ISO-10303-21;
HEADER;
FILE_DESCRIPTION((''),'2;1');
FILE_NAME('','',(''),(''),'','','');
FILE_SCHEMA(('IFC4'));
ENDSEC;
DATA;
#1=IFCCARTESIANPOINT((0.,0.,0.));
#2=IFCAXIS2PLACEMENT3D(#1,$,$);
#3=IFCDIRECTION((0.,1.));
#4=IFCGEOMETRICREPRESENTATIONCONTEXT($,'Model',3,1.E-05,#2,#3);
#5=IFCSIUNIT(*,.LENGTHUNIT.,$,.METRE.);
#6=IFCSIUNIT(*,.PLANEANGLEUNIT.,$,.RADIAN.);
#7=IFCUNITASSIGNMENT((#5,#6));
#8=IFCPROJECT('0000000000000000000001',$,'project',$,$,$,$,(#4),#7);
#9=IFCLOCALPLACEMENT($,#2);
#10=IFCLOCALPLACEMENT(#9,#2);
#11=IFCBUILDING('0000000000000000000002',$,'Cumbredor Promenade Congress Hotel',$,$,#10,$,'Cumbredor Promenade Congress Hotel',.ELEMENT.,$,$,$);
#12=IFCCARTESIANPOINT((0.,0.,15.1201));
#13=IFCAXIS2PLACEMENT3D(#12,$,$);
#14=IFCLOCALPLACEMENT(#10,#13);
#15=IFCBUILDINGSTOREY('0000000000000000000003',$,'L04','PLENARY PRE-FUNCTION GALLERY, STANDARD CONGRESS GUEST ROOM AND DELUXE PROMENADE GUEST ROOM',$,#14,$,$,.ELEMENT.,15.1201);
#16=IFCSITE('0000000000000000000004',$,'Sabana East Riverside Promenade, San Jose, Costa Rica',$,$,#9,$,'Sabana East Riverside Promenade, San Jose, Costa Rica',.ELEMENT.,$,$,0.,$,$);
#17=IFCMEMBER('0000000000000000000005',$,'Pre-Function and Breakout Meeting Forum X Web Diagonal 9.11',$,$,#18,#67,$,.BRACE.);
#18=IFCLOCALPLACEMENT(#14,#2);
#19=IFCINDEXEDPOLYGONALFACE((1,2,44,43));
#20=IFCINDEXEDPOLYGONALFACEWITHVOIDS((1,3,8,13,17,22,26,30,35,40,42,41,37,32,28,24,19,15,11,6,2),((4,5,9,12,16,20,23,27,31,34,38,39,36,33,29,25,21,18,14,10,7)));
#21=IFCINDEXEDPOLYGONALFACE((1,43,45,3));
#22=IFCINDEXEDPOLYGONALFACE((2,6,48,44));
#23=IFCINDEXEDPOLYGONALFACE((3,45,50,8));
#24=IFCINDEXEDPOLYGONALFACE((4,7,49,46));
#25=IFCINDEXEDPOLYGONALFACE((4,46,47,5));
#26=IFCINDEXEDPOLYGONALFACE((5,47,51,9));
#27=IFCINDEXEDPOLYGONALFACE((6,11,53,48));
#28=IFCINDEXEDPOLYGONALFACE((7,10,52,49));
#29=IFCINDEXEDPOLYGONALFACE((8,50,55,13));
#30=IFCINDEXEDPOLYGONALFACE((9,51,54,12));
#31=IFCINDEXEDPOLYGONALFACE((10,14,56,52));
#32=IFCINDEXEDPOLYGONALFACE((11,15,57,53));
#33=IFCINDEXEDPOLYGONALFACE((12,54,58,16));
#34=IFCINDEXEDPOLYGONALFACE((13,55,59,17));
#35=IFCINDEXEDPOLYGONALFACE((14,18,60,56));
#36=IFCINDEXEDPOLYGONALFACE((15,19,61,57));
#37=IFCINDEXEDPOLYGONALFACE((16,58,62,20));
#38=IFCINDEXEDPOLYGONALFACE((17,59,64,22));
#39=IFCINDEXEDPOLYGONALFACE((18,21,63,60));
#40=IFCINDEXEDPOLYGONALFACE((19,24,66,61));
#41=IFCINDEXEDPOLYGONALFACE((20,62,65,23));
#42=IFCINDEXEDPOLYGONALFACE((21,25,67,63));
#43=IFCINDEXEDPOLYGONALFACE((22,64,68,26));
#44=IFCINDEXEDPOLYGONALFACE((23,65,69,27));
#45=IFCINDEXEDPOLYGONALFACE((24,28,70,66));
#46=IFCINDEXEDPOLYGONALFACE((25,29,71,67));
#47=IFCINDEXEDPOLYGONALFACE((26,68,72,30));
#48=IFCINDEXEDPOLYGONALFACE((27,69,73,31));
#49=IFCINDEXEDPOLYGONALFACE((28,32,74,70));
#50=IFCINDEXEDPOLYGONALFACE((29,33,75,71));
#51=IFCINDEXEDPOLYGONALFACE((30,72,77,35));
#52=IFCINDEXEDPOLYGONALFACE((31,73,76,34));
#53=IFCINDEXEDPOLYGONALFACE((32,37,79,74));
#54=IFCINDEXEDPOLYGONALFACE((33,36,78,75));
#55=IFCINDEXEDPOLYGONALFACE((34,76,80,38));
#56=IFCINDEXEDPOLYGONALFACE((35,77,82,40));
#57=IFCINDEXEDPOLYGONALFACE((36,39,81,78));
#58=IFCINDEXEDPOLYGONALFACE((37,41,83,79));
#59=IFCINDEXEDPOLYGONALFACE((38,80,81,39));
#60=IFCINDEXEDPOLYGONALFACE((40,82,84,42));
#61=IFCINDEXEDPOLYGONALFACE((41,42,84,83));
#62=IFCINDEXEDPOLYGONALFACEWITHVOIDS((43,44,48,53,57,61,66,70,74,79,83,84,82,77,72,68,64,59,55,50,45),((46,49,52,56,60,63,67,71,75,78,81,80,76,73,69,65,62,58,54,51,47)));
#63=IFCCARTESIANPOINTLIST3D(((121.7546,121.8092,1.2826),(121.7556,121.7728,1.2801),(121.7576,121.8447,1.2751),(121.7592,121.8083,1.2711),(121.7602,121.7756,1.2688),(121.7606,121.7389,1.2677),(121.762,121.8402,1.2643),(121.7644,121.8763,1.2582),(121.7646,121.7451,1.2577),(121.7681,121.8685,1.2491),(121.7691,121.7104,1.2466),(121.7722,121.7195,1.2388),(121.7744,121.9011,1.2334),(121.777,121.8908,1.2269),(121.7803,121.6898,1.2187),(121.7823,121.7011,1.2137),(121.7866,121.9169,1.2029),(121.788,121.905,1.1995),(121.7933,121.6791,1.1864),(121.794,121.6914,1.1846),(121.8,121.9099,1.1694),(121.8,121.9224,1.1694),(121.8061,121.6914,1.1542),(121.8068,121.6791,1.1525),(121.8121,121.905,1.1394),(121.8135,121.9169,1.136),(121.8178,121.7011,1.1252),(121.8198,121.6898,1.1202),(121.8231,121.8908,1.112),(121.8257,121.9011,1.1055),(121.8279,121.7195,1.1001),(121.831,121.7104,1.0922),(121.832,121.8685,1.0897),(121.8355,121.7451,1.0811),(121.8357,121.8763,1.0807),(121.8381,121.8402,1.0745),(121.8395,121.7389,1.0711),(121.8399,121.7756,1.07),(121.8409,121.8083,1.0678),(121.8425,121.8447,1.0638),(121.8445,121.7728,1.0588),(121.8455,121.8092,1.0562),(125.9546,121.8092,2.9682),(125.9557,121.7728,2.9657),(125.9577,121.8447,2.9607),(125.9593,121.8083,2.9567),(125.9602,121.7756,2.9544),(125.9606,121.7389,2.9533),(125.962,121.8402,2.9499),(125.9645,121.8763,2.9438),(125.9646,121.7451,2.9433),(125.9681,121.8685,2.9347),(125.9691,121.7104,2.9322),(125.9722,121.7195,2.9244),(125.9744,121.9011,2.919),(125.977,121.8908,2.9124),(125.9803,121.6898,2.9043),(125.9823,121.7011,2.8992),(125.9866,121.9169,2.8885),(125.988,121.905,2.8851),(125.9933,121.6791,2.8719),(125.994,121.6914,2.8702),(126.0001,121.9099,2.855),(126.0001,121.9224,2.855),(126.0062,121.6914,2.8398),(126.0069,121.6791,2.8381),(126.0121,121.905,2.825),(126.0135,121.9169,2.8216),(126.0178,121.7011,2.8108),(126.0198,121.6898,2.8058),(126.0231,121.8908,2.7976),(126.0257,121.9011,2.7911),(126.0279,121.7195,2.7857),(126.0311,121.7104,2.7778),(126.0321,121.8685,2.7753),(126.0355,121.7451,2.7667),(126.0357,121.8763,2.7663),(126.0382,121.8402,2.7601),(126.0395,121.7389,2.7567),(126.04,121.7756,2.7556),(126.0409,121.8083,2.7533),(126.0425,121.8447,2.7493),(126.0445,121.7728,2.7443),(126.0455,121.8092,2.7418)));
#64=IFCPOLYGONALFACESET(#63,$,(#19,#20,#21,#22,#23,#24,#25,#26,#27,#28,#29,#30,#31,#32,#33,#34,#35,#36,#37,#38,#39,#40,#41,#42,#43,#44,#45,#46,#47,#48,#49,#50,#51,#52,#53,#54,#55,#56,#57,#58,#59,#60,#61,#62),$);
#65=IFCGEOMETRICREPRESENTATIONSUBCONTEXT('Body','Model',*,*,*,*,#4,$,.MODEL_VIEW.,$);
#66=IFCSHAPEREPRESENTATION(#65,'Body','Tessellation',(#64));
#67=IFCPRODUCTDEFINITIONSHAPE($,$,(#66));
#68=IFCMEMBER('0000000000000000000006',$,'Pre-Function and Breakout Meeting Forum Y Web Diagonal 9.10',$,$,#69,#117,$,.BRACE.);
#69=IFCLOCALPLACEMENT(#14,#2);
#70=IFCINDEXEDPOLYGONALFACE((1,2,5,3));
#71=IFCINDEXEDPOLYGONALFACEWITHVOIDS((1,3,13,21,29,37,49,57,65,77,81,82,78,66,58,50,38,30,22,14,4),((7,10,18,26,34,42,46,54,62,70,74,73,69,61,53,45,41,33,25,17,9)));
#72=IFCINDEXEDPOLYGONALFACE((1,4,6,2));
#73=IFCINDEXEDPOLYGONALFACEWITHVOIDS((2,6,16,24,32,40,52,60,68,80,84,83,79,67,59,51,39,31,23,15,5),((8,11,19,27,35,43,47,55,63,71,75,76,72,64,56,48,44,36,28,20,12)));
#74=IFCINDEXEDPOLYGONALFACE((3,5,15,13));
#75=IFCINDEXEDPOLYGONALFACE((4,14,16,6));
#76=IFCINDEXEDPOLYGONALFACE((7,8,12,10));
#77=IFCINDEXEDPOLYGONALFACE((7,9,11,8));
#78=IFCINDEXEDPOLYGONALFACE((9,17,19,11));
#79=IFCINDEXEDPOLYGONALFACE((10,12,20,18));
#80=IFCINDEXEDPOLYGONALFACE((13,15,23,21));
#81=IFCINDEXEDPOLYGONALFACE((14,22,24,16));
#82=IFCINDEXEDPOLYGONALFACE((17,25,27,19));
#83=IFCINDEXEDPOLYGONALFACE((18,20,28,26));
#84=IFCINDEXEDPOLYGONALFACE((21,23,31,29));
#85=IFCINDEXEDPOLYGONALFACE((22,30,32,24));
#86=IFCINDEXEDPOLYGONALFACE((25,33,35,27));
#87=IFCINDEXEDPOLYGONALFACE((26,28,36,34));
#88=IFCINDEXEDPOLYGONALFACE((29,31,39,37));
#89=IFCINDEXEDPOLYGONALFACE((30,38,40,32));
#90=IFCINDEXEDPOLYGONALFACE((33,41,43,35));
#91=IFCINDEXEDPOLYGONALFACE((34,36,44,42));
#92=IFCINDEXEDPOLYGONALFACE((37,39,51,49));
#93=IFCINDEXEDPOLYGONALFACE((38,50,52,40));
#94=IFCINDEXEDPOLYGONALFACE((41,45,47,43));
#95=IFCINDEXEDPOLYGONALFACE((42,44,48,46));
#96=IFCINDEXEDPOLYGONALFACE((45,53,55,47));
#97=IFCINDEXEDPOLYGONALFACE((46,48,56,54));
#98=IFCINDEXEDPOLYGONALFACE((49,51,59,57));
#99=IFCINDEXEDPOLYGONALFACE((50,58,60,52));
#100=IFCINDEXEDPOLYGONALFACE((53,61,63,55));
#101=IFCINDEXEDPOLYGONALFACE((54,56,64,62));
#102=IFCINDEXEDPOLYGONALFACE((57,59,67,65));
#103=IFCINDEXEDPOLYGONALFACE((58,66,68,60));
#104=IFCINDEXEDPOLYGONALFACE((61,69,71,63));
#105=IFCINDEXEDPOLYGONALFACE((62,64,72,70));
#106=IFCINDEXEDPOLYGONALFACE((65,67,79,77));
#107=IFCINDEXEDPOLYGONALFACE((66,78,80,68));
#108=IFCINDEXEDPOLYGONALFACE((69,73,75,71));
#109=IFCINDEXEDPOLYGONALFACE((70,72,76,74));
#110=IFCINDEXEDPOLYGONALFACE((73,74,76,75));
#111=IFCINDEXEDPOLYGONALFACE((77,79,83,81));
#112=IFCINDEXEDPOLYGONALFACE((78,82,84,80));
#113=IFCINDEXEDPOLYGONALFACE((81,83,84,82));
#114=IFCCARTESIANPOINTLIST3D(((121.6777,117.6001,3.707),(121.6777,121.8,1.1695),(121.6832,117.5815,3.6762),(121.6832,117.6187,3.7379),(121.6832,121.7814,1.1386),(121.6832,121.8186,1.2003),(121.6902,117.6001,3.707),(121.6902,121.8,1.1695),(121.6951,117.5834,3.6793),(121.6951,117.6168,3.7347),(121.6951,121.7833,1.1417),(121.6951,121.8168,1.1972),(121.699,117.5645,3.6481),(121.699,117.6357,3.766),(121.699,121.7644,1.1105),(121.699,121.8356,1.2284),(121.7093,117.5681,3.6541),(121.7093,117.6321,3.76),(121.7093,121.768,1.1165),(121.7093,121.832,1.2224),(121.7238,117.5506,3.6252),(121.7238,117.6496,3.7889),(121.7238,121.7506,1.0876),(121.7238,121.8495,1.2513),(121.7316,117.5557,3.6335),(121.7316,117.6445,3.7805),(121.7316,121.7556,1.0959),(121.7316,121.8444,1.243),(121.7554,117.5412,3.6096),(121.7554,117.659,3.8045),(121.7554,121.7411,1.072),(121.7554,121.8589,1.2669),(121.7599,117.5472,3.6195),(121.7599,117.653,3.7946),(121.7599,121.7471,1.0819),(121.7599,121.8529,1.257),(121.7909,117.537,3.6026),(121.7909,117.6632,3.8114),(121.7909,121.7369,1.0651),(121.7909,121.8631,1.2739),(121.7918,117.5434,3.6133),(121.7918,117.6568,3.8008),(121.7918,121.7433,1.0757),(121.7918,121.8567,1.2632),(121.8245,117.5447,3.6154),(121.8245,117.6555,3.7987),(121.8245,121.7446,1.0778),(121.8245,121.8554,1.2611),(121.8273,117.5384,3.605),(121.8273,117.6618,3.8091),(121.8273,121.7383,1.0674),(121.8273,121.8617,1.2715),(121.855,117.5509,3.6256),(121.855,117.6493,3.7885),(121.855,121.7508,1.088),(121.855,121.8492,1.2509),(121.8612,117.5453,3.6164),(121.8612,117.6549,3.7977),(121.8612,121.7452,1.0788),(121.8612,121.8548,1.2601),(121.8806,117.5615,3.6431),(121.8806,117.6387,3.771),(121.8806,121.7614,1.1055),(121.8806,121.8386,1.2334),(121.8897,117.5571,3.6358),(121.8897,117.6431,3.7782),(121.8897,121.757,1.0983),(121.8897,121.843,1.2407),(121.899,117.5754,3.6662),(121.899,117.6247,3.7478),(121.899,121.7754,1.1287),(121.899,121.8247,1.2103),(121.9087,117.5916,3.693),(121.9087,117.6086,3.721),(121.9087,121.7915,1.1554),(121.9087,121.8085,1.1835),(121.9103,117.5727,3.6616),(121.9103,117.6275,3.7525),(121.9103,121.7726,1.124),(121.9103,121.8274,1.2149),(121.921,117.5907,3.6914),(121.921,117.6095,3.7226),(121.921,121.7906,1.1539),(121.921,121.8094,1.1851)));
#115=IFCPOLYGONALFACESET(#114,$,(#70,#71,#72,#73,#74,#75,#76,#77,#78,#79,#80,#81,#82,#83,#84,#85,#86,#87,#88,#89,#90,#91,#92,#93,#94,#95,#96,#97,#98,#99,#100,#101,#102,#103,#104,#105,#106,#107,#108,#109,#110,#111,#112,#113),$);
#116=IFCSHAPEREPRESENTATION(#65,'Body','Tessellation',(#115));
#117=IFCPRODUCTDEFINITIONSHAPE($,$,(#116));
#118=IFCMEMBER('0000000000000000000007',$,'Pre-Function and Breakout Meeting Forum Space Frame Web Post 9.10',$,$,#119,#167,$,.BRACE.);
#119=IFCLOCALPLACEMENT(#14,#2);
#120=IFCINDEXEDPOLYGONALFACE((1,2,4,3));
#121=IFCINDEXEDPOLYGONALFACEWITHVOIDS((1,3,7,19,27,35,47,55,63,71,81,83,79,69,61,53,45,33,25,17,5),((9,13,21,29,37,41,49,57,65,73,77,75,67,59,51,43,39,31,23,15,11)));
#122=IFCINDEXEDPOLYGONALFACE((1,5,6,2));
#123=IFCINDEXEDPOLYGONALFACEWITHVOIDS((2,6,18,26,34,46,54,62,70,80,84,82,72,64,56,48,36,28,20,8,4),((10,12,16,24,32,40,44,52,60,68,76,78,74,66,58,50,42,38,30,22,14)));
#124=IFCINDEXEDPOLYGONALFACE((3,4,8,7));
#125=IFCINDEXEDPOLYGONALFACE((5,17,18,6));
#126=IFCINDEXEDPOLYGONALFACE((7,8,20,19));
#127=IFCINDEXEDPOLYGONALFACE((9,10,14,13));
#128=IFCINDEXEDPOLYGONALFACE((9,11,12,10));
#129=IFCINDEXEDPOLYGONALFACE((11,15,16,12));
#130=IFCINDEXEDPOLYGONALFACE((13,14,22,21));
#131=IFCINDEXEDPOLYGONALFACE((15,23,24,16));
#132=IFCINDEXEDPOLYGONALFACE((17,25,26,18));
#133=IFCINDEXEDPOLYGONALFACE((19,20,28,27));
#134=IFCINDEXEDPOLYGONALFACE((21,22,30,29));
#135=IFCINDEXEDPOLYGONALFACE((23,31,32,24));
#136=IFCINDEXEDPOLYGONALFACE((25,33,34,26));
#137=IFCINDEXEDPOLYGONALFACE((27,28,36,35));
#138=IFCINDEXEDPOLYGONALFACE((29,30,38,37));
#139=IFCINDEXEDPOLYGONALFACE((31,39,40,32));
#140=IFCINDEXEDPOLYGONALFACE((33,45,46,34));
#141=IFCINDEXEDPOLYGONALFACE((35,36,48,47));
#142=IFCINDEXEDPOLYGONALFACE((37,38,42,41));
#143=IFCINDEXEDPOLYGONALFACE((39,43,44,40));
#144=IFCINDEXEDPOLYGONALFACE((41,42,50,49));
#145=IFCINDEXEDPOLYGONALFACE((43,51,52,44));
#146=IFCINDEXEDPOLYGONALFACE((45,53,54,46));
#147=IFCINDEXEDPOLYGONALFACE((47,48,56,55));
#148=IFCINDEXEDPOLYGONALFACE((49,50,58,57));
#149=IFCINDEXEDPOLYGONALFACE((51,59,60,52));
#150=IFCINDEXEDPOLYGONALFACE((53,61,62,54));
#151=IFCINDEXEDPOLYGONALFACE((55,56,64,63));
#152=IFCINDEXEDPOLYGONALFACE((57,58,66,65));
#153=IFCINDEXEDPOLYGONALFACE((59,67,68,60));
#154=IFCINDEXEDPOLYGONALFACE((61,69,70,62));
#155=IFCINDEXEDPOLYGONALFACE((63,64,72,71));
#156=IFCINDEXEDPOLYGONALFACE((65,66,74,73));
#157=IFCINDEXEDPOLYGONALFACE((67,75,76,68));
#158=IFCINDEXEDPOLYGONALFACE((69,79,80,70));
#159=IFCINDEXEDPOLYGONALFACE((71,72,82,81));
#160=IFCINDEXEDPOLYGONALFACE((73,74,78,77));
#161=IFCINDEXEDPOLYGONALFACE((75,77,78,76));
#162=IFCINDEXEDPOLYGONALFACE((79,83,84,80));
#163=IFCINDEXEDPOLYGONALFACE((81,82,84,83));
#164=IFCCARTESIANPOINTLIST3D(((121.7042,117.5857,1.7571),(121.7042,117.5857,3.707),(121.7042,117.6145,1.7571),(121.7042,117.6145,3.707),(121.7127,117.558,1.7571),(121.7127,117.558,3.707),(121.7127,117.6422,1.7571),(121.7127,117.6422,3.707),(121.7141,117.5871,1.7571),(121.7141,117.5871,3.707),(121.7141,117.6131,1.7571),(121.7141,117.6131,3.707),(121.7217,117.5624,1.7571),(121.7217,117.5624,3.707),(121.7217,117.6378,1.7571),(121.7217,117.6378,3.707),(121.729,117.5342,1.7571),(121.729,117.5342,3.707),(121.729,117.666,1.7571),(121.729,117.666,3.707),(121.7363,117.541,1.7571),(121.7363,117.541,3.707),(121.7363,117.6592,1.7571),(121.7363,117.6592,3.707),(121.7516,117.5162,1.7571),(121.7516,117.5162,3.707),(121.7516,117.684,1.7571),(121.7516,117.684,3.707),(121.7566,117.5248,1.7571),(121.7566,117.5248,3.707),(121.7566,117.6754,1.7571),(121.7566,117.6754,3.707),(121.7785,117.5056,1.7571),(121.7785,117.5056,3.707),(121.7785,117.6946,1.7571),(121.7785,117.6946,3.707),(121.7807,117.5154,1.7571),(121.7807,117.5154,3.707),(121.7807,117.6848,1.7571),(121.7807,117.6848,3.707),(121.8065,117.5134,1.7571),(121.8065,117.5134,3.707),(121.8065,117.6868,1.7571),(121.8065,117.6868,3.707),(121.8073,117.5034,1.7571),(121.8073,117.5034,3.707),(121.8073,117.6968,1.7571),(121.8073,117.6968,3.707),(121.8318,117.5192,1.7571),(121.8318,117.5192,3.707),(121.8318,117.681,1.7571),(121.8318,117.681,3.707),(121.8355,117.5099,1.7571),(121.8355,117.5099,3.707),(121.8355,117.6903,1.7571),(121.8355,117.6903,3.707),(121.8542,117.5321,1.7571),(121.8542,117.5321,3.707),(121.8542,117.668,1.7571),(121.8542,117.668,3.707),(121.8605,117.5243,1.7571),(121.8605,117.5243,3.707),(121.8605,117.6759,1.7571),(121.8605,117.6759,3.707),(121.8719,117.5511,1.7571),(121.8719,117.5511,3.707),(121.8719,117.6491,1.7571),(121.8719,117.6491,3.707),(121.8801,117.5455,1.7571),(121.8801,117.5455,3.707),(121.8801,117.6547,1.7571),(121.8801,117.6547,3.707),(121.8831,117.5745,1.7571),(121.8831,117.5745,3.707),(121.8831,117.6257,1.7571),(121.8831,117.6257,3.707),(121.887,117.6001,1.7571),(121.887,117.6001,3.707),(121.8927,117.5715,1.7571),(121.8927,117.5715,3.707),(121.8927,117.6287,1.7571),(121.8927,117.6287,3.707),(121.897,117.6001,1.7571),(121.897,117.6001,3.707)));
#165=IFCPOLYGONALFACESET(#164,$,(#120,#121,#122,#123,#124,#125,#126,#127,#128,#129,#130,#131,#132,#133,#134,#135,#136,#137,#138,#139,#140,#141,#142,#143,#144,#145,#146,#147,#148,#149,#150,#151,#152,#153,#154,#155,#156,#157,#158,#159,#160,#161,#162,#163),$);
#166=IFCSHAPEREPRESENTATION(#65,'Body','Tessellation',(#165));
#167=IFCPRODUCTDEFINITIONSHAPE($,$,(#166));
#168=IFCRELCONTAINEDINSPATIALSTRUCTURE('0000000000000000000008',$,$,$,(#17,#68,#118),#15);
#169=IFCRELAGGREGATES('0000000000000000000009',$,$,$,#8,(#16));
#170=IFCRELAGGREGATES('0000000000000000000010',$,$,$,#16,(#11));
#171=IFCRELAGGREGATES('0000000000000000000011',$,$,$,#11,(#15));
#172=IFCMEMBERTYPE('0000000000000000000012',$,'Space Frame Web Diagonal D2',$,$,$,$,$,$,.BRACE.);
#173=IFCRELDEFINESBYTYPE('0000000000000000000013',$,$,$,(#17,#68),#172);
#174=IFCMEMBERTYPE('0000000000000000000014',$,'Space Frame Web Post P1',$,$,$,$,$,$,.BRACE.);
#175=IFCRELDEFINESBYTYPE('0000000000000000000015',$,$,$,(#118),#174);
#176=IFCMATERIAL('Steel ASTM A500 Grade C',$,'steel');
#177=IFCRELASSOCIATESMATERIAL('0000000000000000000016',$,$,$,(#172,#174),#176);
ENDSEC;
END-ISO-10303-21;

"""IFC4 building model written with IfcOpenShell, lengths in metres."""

from ifc_helpers import new_model, si_unit, direction, frame, origin, origin_2d, place, context, subcontext, project, spatial, hollow_circle, extrude, material, material_profile, profile_set, type_object, element, save


model = new_model("IFC4")

# Units and contexts
model_context = context("Model", 3, precision=1e-05, world=origin(), true_north=direction((0.0, 1.0)))
body_context = subcontext(model_context, "Body", "Model", "MODEL_VIEW")
ifc_project = project(units=[si_unit("LENGTHUNIT", "METRE"), si_unit("PLANEANGLEUNIT", "RADIAN")], contexts=[model_context])

# Site, building, storey
site_placement = place(None, origin())
site = spatial("IfcSite", under=ifc_project, at=site_placement, Name="Sabana East Riverside Promenade, San Jose, Costa Rica", LongName="Sabana East Riverside Promenade, San Jose, Costa Rica", CompositionType="ELEMENT", RefElevation=0.0)
building_placement = place(site_placement, origin())
building = spatial("IfcBuilding", under=site, at=building_placement, Name="Cumbredor Promenade Congress Hotel", LongName="Cumbredor Promenade Congress Hotel", CompositionType="ELEMENT")
storey_placement = place(building_placement, frame((0.0, 0.0, 15.1201)))
storey = spatial("IfcBuildingStorey", under=building, at=storey_placement, Name="L04", Description="PLENARY PRE-FUNCTION GALLERY, STANDARD CONGRESS GUEST ROOM AND DELUXE PROMENADE GUEST ROOM", CompositionType="ELEMENT", Elevation=15.1201)

# Members
ifc_material_1 = material(Name="Steel ASTM A500 Grade C", Category="steel")
ifc_material_profile_1 = material_profile(ifc_material_1, hollow_circle(Radius=0.1223, WallThickness=0.0125, at=origin_2d()), Name="CHS 244.5x12.5")
ifc_profile_set_1 = profile_set([ifc_material_profile_1], Name="Steel ASTM A500 Grade C")
member_type_1 = type_object("IfcMemberType", Name="Space Frame Web Diagonal D2", PredefinedType="BRACE", material=ifc_profile_set_1)
member_1_placement = place(storey_placement, frame((121.8, 121.8, 1.1694), z_axis=(0.928052, 0.0, 0.372451), x_axis=(0.0, 1.0, 0.0)))
element("IfcMember", 1, at=member_1_placement, inside=storey, type_object=member_type_1, Name="Pre-Function and Breakout Meeting Forum X Web Diagonal 9.11", PredefinedType="BRACE", context=body_context, shape_type="SweptSolid", body=[
    extrude(hollow_circle(Radius=0.1223, WallThickness=0.0125, at=origin_2d()), origin(), (0.0, 0.0, 1.0), 4.5256),
])
member_2_placement = place(storey_placement, frame((121.8, 117.6001, 3.707), z_axis=(0.0, 0.855904, -0.517135), x_axis=(-1.0, 0.0, 0.0)))
element("IfcMember", 2, at=member_2_placement, inside=storey, type_object=member_type_1, Name="Pre-Function and Breakout Meeting Forum Y Web Diagonal 9.10", PredefinedType="BRACE", context=body_context, shape_type="SweptSolid", body=[
    extrude(hollow_circle(Radius=0.1223, WallThickness=0.0125, at=origin_2d()), origin(), (0.0, 0.0, 1.0), 4.907),
])
ifc_material_profile_2 = material_profile(ifc_material_1, hollow_circle(Radius=0.0969, WallThickness=0.01, at=origin_2d()), Name="CHS 193.7x10")
ifc_profile_set_2 = profile_set([ifc_material_profile_2], Name="Steel ASTM A500 Grade C")
member_type_2 = type_object("IfcMemberType", Name="Space Frame Web Post P1", PredefinedType="BRACE", material=ifc_profile_set_2)
for number, where, z_axis, x_axis, name in (
    (3, (121.8, 117.6001, 1.7571), (0.0, 0.0, 1.0), (1.0, 0.0, 0.0), "Pre-Function and Breakout Meeting Forum Space Frame Web Post 9.10"),
):
    element("IfcMember", number, at=place(storey_placement, frame(where, z_axis=z_axis, x_axis=x_axis)), inside=storey, type_object=member_type_2, Name=name, PredefinedType="BRACE", context=body_context, shape_type="SweptSolid", body=[
        extrude(hollow_circle(Radius=0.0969, WallThickness=0.01, at=origin_2d()), origin(), (0.0, 0.0, 1.0), 1.95),
    ])

save(model, "model.ifc")
